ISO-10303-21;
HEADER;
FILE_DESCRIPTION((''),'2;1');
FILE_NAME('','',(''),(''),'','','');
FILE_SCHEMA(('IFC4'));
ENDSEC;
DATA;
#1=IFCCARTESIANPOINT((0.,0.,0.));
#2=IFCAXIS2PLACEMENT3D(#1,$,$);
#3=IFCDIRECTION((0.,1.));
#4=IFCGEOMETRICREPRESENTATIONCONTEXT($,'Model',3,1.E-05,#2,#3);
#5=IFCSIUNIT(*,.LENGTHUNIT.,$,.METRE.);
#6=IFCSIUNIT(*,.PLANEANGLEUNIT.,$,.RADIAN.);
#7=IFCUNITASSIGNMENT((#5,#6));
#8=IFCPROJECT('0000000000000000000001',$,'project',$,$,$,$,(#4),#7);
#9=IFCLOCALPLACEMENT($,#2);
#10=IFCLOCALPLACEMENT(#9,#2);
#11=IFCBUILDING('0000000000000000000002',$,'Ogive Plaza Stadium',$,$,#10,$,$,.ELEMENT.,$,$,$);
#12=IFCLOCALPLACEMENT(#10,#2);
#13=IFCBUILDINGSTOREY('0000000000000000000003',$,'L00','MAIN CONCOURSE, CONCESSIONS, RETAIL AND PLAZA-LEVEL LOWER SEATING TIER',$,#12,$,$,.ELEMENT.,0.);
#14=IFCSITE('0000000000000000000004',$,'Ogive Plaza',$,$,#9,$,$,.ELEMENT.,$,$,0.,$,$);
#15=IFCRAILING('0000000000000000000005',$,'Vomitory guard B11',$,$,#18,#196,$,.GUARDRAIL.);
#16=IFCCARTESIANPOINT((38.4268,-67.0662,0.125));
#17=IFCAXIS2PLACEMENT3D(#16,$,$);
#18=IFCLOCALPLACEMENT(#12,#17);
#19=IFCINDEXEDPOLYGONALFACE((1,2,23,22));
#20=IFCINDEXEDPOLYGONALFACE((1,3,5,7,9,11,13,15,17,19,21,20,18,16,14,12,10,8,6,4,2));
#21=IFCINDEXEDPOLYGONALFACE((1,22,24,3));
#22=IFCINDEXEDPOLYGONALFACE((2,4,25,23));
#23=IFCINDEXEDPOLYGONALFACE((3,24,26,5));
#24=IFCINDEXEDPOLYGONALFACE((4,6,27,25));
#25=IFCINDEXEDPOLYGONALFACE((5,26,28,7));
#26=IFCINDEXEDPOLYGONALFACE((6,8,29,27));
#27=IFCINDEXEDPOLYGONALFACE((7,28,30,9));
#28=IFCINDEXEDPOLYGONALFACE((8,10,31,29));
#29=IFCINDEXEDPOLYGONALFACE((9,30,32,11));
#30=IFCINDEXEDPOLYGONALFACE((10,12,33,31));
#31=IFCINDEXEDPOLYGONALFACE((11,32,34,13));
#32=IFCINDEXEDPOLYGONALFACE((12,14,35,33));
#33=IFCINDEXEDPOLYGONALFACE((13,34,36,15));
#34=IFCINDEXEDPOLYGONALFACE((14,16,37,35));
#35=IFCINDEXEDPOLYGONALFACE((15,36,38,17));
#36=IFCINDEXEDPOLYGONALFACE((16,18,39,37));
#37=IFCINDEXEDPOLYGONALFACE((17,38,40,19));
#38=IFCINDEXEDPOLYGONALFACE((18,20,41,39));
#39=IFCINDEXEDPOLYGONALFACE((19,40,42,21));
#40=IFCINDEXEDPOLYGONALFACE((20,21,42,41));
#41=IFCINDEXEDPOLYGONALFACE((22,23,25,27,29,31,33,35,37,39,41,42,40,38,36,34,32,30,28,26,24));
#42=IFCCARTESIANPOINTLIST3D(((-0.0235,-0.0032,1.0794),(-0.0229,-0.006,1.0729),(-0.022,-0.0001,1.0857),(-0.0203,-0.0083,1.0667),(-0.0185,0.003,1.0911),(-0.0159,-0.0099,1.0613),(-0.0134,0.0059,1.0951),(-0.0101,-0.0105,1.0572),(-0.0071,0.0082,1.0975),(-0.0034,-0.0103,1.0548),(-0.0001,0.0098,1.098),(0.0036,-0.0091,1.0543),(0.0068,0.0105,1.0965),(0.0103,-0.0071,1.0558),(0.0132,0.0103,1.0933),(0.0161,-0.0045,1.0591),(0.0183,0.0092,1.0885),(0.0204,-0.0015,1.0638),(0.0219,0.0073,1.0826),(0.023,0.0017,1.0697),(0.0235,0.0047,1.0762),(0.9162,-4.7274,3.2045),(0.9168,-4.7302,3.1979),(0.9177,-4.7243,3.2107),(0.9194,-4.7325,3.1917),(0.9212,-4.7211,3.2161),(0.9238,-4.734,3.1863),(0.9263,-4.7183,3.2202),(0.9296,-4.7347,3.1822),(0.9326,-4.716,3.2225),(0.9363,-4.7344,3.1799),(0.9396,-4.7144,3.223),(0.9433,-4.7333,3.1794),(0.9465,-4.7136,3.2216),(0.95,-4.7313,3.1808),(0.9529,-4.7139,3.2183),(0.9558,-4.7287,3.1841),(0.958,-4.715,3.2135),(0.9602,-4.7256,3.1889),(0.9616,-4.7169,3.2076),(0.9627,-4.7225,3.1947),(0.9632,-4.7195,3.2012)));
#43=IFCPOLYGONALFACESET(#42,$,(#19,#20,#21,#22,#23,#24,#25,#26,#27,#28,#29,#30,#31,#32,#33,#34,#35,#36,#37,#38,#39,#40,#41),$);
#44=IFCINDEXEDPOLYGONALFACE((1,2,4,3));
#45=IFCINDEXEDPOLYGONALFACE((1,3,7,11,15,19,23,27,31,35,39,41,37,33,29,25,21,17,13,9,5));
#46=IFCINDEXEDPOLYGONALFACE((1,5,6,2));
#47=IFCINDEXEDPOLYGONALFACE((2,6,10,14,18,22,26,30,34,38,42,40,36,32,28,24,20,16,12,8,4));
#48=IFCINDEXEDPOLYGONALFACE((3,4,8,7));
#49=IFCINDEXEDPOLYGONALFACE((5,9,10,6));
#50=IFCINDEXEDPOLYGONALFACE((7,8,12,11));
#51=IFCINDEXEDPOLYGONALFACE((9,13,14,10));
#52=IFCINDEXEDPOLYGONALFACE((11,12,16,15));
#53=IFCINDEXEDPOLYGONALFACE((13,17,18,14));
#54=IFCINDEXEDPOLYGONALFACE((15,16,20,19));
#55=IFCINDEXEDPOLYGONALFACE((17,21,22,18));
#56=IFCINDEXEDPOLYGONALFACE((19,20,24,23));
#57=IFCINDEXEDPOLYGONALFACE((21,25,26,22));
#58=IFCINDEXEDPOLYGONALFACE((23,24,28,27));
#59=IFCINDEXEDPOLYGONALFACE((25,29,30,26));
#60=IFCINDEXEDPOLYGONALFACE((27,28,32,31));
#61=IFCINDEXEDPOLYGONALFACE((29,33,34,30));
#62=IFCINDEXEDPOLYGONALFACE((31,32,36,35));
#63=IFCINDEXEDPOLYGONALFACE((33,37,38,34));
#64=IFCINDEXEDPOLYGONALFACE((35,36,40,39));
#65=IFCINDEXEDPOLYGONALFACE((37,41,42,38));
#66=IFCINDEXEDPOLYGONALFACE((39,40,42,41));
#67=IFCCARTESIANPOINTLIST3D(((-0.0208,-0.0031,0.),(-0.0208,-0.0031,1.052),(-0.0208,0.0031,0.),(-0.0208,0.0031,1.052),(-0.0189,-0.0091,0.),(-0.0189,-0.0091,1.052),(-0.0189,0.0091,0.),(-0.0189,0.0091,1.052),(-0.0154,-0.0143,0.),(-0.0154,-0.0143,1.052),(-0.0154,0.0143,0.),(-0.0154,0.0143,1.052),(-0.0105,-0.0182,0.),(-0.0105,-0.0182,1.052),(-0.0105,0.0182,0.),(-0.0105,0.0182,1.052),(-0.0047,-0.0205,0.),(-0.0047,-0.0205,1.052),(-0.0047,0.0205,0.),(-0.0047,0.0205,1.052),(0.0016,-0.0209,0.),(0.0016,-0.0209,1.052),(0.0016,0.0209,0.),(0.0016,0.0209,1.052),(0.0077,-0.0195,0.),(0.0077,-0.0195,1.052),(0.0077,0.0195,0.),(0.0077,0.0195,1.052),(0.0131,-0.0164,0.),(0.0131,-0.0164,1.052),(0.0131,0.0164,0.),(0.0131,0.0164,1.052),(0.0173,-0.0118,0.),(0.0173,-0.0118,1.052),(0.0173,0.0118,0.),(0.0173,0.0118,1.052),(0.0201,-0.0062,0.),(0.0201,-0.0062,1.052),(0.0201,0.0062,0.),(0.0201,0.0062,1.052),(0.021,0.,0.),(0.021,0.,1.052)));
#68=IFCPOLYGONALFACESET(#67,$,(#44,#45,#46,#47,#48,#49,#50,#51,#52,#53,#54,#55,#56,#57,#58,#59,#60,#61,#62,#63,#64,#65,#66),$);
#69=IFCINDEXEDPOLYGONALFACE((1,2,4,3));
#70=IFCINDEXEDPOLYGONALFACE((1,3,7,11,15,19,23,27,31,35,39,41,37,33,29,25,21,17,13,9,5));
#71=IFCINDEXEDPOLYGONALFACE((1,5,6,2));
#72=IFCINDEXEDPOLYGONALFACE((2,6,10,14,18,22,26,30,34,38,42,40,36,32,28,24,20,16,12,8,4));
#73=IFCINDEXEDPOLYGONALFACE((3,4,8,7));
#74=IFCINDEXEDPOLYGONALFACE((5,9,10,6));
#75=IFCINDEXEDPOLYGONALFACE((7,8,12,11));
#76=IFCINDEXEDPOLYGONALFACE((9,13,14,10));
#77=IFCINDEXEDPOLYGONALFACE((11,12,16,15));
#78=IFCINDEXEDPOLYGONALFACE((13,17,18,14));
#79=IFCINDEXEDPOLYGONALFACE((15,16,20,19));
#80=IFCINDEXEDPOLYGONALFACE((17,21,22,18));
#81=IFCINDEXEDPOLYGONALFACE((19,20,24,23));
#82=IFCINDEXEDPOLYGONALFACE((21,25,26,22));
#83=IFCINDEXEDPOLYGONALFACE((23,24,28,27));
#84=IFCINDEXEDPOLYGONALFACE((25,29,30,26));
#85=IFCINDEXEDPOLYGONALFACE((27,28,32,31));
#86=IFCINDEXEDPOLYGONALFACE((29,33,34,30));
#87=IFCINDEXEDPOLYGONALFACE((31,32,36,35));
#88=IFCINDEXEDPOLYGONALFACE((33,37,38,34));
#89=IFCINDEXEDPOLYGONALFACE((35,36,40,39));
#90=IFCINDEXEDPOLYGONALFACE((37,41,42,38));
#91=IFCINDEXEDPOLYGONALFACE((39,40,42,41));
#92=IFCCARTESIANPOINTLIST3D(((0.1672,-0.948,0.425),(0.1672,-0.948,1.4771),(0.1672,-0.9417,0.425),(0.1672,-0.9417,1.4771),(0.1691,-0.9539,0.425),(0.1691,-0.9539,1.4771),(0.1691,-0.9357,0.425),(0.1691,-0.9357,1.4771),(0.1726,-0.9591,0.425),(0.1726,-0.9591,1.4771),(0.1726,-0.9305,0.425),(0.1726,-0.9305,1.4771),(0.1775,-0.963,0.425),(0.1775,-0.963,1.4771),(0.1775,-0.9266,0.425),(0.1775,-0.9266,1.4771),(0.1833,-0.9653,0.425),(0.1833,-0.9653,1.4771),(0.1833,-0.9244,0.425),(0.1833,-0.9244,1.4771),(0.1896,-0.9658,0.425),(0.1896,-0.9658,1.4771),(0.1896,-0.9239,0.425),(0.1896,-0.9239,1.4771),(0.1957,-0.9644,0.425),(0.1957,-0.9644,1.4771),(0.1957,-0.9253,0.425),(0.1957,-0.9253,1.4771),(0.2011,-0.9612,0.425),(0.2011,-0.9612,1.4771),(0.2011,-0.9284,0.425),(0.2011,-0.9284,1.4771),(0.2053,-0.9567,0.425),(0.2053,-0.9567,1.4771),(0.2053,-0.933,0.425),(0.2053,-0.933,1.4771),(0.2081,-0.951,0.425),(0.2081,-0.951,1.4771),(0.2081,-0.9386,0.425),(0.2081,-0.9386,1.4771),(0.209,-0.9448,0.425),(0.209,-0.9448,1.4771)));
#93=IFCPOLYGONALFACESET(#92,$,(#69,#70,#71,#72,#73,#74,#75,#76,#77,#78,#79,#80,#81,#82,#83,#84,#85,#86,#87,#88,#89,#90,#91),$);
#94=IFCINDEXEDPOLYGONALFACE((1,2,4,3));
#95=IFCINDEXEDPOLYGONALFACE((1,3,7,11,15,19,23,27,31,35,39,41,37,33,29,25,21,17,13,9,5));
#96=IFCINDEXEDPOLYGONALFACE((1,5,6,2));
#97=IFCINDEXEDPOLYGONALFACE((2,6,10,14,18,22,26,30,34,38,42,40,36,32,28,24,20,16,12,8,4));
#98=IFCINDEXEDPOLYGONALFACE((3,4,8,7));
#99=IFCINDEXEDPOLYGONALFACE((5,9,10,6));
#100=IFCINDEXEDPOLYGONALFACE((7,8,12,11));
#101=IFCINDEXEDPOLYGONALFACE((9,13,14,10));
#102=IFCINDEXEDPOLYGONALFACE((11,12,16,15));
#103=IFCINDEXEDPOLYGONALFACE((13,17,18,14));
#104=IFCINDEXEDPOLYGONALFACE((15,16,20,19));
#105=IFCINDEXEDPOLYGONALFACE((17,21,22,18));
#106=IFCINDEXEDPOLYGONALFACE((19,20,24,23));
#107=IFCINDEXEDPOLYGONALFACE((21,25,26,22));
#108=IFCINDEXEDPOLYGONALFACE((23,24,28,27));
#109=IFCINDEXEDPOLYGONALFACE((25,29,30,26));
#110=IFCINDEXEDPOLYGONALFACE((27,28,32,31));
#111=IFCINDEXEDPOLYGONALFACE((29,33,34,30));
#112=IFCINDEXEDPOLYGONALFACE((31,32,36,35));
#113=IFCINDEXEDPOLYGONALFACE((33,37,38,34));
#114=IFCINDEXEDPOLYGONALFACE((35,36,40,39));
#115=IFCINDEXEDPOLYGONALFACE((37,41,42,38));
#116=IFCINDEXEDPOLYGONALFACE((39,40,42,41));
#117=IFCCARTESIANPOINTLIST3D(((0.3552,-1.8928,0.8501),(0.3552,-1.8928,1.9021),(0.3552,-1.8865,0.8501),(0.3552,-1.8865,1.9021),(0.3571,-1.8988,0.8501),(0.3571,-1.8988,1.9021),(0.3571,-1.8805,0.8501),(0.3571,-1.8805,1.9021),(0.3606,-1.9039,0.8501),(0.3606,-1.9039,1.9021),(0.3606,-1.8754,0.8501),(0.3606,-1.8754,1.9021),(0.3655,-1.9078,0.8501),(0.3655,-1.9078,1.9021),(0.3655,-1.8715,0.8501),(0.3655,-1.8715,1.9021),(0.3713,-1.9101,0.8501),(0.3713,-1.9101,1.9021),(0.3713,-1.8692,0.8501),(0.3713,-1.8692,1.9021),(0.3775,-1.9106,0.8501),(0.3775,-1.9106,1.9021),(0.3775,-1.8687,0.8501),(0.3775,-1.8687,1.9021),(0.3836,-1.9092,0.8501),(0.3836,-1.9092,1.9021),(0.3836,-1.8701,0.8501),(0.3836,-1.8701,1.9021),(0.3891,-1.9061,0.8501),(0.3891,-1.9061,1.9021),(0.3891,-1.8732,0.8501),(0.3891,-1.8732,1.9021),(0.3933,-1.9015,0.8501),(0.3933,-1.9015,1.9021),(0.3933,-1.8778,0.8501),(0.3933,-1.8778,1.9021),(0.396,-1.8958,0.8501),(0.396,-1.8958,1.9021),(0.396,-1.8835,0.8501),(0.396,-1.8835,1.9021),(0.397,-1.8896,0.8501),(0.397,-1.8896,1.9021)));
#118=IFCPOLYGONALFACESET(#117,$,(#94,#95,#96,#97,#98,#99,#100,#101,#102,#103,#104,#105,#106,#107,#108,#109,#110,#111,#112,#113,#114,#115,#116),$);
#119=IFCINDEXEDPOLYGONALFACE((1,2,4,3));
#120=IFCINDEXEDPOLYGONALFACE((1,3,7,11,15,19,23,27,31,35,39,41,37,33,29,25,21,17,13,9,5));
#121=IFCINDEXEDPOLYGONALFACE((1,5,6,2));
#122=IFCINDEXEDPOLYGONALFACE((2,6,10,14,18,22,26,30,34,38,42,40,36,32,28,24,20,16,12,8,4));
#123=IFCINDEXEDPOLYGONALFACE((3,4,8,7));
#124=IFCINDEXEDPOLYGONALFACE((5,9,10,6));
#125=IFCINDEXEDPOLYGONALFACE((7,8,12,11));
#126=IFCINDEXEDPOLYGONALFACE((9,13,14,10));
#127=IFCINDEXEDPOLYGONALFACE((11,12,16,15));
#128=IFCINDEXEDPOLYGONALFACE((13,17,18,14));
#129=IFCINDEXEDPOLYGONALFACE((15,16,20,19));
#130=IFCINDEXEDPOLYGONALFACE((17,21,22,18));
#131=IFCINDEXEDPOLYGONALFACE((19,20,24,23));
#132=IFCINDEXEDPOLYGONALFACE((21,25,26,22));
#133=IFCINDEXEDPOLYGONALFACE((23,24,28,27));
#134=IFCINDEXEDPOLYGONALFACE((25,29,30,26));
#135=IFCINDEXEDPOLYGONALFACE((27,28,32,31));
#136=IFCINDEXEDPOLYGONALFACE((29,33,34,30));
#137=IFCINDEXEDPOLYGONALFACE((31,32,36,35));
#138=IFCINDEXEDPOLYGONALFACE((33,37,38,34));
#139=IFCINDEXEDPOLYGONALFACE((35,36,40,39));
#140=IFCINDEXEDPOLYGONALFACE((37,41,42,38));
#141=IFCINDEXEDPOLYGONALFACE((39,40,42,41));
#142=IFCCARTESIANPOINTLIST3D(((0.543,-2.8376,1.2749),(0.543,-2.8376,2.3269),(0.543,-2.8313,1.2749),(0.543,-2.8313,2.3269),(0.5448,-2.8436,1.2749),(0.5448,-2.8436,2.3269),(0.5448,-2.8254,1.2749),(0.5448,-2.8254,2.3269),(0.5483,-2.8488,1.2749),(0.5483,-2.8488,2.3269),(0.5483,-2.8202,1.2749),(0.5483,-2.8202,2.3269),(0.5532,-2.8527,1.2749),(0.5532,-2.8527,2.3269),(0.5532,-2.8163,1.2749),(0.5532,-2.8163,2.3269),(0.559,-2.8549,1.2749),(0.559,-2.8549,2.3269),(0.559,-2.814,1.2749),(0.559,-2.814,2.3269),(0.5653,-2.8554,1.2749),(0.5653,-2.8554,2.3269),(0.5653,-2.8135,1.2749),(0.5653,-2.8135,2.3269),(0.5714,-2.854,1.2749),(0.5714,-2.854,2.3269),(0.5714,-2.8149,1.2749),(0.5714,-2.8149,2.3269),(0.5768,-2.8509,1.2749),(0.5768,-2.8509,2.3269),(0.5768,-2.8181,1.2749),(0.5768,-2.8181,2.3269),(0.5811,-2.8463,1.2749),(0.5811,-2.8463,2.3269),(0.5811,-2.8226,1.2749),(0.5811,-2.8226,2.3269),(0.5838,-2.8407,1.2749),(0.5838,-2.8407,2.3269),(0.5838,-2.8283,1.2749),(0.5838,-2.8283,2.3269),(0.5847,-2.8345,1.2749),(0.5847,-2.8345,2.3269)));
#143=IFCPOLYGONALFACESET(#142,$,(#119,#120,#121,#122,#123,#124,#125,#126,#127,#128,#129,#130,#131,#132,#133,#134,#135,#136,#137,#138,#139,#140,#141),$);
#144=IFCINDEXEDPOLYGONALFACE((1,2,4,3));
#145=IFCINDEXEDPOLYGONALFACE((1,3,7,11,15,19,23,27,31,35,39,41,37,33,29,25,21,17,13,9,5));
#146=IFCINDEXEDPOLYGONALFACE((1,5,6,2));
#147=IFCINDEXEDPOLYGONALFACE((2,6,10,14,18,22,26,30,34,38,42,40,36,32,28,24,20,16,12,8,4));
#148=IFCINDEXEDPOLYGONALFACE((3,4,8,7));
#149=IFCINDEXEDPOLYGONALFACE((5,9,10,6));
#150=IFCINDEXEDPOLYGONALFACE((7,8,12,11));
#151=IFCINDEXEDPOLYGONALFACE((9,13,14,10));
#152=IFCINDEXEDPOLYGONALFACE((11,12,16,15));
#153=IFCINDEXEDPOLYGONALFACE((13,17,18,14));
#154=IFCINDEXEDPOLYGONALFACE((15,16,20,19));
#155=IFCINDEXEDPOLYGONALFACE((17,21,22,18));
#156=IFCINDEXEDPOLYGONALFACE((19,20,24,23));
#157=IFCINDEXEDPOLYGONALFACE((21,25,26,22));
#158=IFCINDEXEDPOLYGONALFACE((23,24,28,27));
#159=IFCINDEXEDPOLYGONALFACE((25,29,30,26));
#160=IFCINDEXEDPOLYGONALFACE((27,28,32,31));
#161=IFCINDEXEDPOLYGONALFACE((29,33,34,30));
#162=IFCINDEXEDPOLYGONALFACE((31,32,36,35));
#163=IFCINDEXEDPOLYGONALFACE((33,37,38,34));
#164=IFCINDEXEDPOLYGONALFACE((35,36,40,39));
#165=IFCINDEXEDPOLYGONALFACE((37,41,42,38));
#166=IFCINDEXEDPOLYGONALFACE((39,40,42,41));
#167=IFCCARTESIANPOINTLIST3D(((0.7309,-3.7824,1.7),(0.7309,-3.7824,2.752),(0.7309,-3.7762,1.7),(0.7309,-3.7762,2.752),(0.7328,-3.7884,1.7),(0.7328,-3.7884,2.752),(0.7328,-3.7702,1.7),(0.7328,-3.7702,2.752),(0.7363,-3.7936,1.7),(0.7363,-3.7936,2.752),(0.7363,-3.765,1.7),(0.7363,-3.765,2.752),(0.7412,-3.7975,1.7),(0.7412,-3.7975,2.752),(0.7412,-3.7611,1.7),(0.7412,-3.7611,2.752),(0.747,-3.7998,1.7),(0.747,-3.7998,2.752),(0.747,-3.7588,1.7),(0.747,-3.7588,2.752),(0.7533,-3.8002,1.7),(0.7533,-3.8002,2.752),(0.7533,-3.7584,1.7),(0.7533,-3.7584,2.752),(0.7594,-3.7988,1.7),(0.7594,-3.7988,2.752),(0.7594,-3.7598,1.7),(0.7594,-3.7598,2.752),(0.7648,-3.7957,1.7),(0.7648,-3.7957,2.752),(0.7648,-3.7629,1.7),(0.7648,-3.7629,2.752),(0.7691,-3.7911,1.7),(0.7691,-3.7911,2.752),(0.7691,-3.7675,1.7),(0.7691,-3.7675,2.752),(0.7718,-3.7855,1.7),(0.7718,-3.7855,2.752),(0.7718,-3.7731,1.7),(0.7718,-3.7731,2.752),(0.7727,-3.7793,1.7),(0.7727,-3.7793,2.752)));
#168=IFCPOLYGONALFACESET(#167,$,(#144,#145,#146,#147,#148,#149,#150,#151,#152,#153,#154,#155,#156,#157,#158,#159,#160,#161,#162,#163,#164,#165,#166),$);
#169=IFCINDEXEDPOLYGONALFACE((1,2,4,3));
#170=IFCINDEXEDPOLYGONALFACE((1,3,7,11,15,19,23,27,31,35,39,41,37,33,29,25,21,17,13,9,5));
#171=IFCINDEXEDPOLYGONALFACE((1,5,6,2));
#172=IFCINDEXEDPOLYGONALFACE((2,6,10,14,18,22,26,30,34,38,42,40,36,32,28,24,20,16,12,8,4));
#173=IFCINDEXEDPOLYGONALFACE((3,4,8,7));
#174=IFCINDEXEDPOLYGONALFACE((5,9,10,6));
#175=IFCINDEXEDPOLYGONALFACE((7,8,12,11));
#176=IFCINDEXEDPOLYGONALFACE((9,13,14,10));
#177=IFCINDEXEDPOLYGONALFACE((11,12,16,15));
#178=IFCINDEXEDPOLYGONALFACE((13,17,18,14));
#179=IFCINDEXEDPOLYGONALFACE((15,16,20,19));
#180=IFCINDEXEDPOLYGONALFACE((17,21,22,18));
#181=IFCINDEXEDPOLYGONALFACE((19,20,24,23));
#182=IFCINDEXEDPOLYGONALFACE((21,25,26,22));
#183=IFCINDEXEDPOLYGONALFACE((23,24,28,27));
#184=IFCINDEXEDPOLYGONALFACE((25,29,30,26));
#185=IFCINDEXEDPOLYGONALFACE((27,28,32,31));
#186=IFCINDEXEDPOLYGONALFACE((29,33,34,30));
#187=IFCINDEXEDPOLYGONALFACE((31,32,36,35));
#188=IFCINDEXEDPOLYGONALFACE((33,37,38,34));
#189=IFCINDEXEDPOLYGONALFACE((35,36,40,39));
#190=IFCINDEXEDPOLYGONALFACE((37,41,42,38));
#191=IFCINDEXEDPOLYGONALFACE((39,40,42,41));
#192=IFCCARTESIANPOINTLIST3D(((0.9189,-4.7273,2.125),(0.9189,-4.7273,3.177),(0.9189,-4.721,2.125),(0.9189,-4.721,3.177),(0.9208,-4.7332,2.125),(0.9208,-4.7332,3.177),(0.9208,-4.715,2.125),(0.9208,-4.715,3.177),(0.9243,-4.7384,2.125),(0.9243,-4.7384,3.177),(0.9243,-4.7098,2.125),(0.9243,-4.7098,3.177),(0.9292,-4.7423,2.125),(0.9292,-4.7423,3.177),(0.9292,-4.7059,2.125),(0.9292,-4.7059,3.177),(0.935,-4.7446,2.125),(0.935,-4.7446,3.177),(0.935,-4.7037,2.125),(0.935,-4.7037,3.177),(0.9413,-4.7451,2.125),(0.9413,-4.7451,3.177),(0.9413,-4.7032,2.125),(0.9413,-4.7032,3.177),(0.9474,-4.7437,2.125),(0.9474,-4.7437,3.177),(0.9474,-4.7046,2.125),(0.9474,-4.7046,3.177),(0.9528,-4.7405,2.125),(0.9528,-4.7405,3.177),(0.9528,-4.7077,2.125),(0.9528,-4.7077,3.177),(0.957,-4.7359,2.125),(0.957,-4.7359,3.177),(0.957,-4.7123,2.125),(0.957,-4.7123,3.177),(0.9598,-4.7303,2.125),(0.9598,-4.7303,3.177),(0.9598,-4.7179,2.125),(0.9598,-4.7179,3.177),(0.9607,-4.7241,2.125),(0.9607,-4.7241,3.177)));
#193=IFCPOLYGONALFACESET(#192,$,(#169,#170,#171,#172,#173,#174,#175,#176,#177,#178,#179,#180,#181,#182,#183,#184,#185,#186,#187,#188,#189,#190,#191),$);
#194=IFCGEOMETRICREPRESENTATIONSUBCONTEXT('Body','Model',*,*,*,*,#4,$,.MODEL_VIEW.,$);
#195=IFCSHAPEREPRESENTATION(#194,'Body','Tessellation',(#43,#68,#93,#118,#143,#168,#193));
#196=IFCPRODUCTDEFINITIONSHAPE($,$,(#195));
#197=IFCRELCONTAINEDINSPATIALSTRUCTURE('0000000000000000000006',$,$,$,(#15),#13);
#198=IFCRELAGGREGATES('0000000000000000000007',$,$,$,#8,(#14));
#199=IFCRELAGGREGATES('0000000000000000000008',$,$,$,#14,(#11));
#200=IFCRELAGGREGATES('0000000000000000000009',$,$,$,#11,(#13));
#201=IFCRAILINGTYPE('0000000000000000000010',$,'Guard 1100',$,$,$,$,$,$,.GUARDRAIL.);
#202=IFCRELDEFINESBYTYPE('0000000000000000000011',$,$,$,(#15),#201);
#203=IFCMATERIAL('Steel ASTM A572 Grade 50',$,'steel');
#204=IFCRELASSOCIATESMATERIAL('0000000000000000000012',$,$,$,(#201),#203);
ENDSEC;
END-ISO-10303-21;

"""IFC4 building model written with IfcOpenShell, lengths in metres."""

from ifc_helpers import new_model, si_unit, direction, frame, origin, origin_2d, place, context, subcontext, project, spatial, circle, extrude, material, type_object, element, save


model = new_model("IFC4")

# Units and contexts
model_context = context("Model", 3, precision=1e-05, world=origin(), true_north=direction((0.0, 1.0)))
body_context = subcontext(model_context, "Body", "Model", "MODEL_VIEW")
ifc_project = project(units=[si_unit("LENGTHUNIT", "METRE"), si_unit("PLANEANGLEUNIT", "RADIAN")], contexts=[model_context])

# Site, building, storey
site_placement = place(None, origin())
site = spatial("IfcSite", under=ifc_project, at=site_placement, Name="Ogive Plaza", CompositionType="ELEMENT", RefElevation=0.0)
building_placement = place(site_placement, origin())
building = spatial("IfcBuilding", under=site, at=building_placement, Name="Ogive Plaza Stadium", CompositionType="ELEMENT")
storey_placement = place(building_placement, origin())
storey = spatial("IfcBuildingStorey", under=building, at=storey_placement, Name="L00", Description="MAIN CONCOURSE, CONCESSIONS, RETAIL AND PLAZA-LEVEL LOWER SEATING TIER", CompositionType="ELEMENT", Elevation=0.0)

# Railing
ifc_material_1 = material(Name="Steel ASTM A572 Grade 50", Category="steel")
railing_type = type_object("IfcRailingType", Name="Guard 1100", PredefinedType="GUARDRAIL", material=ifc_material_1)
for number, where, name in (
    (1, (38.4268, -67.0662, 0.125), "Vomitory guard B11"),
):
    element("IfcRailing", number, at=place(storey_placement, frame(where)), inside=storey, type_object=railing_type, Name=name, PredefinedType="GUARDRAIL", context=body_context, shape_type="SweptSolid", body=[
        extrude(circle(Radius=0.0239, at=origin_2d()), frame((0.0, 0.0, 1.0762), z_axis=(0.178494, -0.897338, 0.40364), x_axis=(0.980785, 0.195093, 0.0)), (0.0, 0.0, 1.0), 5.2646),
        extrude(circle(Radius=0.021, at=origin_2d()), origin(), (0.0, 0.0, 1.0), 1.052),
        extrude(circle(Radius=0.021, at=origin_2d()), frame((0.188, -0.9448, 0.425)), (0.0, 0.0, 1.0), 1.052),
        extrude(circle(Radius=0.021, at=origin_2d()), frame((0.376, -1.8896, 0.8501)), (0.0, 0.0, 1.0), 1.052),
        extrude(circle(Radius=0.021, at=origin_2d()), frame((0.5637, -2.8345, 1.2749)), (0.0, 0.0, 1.0), 1.052),
        extrude(circle(Radius=0.021, at=origin_2d()), frame((0.7517, -3.7793, 1.7)), (0.0, 0.0, 1.0), 1.052),
        extrude(circle(Radius=0.021, at=origin_2d()), frame((0.9397, -4.7241, 2.125)), (0.0, 0.0, 1.0), 1.052),
    ])

save(model, "model.ifc")
